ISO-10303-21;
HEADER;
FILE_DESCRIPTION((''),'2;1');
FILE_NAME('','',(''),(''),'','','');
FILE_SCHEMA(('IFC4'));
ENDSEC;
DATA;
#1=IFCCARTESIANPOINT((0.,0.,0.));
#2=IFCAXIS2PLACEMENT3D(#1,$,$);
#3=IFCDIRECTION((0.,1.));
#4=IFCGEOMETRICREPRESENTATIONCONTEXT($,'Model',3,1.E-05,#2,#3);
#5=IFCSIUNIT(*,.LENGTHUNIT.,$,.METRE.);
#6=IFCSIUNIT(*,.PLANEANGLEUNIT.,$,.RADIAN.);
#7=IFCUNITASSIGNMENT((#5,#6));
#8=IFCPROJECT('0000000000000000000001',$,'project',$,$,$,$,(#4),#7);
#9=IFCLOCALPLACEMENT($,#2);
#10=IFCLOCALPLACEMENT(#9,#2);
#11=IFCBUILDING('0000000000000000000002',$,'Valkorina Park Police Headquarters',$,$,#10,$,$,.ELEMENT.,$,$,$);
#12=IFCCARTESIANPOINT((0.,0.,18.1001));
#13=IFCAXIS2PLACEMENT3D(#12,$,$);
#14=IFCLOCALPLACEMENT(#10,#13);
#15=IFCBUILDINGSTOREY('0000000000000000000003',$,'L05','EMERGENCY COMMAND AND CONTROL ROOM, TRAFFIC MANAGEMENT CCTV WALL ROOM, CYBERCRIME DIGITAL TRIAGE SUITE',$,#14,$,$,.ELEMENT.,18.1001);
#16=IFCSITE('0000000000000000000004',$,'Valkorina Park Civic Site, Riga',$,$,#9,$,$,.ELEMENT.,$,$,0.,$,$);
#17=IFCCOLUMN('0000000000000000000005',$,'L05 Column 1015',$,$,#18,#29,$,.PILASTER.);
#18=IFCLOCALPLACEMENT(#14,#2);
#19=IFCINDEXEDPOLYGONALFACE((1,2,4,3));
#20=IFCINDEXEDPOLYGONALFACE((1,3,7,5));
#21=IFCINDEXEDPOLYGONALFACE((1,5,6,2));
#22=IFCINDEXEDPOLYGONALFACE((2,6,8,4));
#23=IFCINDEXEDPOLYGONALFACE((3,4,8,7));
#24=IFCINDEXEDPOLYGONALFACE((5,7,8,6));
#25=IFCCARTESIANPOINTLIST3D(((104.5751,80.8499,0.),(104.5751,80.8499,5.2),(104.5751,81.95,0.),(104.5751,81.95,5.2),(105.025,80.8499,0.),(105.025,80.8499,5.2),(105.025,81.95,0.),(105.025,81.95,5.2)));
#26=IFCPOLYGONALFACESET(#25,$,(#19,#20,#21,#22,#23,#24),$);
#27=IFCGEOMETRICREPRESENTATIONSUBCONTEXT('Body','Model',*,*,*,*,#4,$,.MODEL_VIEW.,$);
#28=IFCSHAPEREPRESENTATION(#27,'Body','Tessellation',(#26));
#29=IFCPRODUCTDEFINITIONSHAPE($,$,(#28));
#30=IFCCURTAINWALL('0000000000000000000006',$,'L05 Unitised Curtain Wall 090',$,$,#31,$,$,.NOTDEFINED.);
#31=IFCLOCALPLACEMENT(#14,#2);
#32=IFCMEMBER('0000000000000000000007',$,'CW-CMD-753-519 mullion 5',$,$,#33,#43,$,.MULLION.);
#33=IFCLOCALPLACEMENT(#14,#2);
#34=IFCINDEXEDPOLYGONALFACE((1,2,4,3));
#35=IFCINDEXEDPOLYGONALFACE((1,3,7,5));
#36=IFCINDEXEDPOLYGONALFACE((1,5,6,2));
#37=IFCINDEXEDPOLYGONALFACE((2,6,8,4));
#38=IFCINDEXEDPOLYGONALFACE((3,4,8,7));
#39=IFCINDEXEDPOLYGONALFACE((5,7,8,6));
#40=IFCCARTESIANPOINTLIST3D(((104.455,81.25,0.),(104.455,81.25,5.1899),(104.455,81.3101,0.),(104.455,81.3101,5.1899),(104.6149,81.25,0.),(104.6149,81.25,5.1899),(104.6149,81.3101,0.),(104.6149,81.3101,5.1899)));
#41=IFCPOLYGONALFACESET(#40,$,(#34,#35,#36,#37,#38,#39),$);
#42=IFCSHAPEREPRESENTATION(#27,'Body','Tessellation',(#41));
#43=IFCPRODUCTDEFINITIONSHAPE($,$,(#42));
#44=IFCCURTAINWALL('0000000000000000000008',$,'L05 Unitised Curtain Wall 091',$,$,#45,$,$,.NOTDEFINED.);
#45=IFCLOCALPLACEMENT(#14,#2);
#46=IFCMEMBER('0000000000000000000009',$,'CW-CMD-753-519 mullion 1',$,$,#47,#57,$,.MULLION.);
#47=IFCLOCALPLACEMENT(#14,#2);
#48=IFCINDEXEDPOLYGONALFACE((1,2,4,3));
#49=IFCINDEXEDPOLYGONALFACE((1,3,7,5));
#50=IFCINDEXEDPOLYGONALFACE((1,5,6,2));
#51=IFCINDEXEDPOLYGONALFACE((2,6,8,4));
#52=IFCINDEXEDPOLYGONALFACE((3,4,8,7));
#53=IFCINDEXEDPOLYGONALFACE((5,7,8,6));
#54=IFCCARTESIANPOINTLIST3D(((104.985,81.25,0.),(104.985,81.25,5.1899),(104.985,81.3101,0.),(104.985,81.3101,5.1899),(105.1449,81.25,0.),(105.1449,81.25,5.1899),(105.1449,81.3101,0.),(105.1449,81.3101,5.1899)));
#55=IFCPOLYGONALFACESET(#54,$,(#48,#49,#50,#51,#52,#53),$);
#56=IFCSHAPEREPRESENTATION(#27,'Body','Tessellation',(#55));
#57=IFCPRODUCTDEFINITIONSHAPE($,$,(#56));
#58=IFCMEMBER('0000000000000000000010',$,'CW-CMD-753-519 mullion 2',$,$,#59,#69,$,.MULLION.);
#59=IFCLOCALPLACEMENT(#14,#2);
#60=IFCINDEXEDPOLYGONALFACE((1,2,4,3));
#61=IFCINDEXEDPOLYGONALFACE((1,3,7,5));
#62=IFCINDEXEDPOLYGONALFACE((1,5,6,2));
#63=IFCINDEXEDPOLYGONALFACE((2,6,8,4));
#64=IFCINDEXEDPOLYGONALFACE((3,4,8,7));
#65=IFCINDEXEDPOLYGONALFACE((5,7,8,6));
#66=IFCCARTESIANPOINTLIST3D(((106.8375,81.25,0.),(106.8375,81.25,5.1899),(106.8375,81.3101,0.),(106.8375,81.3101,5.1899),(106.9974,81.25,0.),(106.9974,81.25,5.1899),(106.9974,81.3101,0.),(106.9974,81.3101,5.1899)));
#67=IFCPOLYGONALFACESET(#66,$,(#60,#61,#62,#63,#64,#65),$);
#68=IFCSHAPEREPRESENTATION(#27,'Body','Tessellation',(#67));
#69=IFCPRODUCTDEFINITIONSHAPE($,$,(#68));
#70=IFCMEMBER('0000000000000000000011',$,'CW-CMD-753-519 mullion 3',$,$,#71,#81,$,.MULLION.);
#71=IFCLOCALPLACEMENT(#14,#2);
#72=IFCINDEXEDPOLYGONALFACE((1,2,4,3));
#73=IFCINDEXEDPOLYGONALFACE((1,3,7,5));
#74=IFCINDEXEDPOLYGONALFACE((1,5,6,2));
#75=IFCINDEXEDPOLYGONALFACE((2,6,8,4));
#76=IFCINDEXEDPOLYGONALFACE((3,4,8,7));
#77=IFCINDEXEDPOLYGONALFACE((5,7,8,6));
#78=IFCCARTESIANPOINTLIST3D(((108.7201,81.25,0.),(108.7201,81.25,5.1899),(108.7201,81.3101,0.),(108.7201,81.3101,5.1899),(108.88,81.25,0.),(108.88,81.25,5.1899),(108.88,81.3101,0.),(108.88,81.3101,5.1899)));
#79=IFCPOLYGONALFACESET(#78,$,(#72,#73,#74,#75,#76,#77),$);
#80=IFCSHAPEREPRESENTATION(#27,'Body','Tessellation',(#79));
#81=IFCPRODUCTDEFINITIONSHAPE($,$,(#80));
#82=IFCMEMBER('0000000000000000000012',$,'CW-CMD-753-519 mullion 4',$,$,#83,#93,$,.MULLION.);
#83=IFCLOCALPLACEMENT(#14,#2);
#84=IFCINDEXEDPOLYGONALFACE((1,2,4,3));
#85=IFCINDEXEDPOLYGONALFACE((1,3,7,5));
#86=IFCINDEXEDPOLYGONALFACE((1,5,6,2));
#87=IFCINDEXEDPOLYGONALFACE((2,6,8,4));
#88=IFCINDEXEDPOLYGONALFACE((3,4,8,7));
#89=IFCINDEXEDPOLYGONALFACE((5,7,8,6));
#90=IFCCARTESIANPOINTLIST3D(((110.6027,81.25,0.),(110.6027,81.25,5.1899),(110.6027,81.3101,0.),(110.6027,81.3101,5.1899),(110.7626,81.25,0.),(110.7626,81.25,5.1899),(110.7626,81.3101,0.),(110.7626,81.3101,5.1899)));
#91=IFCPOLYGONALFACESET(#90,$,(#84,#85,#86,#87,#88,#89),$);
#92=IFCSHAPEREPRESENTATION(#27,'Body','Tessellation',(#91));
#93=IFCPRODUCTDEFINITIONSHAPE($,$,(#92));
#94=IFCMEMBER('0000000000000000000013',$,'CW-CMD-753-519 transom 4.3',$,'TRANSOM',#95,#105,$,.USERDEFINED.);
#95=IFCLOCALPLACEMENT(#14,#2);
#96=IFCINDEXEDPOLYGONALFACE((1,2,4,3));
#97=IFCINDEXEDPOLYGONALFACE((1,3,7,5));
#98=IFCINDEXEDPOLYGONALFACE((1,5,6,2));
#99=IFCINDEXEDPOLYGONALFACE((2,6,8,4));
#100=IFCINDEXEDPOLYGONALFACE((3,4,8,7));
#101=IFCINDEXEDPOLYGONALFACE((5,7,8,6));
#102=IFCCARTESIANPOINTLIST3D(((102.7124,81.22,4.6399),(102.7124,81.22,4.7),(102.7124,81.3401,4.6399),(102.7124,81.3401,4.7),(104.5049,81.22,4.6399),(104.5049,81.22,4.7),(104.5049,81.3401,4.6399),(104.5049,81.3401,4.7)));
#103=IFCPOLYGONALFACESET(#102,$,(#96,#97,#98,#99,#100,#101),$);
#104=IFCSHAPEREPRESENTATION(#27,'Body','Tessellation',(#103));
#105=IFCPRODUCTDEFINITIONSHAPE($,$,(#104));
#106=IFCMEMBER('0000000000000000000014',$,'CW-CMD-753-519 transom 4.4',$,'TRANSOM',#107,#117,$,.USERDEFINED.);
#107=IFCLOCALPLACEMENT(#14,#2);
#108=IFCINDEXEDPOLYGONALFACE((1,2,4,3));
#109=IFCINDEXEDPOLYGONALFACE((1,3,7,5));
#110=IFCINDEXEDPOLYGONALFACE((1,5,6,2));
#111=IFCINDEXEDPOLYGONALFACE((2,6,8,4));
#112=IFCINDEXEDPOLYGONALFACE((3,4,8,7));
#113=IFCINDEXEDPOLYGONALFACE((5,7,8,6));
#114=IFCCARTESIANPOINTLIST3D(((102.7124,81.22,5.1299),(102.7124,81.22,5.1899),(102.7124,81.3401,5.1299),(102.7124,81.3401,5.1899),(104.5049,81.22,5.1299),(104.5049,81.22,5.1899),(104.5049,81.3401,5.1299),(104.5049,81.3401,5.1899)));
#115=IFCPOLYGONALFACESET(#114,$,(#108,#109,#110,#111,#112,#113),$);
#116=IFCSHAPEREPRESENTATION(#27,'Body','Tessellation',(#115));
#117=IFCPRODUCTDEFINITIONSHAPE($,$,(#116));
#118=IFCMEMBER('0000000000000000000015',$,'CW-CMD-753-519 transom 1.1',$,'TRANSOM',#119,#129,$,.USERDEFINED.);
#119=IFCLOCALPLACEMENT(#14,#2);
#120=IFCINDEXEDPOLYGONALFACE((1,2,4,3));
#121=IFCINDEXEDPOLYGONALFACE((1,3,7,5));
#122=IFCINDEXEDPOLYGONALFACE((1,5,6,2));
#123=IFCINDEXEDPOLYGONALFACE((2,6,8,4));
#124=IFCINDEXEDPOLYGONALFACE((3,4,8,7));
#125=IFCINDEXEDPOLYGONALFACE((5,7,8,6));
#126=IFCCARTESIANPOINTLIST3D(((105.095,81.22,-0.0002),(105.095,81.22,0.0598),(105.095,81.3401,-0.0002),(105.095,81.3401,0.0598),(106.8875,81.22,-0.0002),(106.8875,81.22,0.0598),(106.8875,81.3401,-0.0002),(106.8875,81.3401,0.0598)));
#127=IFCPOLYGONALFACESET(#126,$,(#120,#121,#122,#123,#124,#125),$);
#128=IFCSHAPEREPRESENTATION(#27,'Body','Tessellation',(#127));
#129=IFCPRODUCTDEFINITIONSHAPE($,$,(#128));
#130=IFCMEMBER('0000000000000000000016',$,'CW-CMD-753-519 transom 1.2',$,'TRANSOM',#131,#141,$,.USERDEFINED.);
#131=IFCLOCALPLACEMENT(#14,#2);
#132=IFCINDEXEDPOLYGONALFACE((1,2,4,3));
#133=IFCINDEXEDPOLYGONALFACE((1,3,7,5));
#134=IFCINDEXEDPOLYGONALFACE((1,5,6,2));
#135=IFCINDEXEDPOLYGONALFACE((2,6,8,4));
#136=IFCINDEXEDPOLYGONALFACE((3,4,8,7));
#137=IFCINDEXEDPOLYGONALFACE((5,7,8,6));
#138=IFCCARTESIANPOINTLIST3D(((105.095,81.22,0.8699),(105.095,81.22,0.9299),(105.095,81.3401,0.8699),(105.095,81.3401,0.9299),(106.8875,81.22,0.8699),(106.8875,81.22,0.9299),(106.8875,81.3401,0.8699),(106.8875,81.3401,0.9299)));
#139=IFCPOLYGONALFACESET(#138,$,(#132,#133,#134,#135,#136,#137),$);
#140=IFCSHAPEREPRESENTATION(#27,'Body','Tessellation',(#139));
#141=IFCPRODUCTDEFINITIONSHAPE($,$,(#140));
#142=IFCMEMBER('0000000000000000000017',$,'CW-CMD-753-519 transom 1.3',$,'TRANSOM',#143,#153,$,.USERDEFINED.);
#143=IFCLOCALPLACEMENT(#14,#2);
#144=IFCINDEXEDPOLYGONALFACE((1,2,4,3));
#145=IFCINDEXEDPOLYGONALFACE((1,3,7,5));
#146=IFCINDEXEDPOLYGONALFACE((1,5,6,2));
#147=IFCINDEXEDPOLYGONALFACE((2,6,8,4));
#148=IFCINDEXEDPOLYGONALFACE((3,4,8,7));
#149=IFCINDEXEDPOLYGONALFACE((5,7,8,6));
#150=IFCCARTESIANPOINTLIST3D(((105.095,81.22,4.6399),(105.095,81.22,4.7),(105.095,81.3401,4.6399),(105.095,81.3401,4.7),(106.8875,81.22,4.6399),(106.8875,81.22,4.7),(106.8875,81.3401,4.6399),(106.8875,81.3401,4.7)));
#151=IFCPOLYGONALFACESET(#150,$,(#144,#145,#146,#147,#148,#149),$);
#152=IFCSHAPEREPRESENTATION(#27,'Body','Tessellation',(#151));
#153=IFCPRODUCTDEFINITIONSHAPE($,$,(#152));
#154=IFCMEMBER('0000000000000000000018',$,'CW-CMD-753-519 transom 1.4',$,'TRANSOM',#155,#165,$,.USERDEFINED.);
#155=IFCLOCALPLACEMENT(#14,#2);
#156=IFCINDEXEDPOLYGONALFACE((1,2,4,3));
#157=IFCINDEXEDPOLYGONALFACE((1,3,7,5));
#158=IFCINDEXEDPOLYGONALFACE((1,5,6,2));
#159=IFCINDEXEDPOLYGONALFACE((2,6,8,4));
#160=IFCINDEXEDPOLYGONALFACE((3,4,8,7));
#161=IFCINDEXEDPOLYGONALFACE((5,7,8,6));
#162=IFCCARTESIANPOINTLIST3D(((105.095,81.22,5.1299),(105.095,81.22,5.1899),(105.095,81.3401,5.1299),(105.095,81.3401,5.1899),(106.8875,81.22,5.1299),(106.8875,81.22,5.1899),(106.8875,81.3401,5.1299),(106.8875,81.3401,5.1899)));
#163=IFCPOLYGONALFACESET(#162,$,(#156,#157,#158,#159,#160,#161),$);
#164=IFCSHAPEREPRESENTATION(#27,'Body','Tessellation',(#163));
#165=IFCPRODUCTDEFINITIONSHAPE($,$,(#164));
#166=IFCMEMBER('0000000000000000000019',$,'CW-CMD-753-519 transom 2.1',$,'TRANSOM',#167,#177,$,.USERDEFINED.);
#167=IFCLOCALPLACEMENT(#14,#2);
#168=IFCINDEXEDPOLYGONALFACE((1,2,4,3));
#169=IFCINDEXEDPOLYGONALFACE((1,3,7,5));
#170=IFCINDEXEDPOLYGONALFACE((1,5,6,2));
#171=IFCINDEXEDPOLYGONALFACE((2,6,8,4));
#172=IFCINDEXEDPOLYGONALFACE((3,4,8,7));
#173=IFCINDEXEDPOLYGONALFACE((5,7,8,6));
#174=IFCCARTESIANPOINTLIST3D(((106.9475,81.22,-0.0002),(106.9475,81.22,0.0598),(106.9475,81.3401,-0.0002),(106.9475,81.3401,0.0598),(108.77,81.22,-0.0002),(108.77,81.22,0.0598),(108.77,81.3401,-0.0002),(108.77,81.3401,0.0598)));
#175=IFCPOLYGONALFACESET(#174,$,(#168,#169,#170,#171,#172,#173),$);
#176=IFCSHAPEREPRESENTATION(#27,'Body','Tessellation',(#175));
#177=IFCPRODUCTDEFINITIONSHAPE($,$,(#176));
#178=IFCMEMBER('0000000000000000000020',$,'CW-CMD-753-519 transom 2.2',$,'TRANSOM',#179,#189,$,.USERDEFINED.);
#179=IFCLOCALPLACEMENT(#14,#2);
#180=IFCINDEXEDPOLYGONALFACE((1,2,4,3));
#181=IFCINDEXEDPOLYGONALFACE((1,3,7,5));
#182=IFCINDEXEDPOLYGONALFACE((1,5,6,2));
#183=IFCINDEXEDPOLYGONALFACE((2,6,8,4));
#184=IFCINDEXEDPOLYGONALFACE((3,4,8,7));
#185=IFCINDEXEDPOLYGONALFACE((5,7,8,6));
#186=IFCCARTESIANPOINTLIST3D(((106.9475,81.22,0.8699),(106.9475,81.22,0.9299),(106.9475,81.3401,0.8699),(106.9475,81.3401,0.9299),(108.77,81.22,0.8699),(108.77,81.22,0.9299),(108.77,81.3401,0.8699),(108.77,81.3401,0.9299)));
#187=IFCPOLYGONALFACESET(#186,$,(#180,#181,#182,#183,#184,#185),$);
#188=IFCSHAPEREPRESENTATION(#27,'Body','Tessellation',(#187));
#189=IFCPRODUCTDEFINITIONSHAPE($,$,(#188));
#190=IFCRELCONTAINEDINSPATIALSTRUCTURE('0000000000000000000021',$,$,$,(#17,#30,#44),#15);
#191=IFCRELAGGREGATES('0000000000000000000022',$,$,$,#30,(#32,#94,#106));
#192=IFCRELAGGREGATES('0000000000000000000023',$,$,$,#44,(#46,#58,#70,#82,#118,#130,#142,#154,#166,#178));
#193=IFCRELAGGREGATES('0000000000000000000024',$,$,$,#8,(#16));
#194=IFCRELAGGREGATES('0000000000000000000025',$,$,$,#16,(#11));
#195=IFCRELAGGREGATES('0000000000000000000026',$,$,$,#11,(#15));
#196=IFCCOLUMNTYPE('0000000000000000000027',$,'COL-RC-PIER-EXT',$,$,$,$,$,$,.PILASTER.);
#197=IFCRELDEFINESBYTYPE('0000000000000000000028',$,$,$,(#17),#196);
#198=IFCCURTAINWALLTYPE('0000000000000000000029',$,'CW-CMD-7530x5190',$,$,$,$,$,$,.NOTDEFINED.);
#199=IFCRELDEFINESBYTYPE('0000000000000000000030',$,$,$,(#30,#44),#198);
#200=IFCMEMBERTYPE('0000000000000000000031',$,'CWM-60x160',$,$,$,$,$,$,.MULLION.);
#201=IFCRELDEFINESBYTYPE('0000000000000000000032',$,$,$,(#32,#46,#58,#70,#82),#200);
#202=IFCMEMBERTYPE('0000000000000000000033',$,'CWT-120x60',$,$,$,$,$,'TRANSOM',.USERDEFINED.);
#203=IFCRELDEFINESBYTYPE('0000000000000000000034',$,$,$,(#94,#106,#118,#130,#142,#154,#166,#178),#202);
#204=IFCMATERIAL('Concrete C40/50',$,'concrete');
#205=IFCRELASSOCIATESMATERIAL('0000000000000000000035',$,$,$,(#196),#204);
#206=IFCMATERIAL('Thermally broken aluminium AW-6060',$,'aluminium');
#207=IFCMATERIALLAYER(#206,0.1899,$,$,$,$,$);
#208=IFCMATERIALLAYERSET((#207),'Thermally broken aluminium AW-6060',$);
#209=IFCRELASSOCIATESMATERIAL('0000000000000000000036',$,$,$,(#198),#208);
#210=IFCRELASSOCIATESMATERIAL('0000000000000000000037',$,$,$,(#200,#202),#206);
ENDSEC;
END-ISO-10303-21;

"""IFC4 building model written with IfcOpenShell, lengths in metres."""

from ifc_helpers import new_model, si_unit, direction, frame, origin, origin_2d, place, context, subcontext, project, spatial, rectangle, extrude, material, layer, layer_set, material_profile, profile_set, type_object, element, aggregate, save


model = new_model("IFC4")

# Units and contexts
model_context = context("Model", 3, precision=1e-05, world=origin(), true_north=direction((0.0, 1.0)))
body_context = subcontext(model_context, "Body", "Model", "MODEL_VIEW")
ifc_project = project(units=[si_unit("LENGTHUNIT", "METRE"), si_unit("PLANEANGLEUNIT", "RADIAN")], contexts=[model_context])

# Site, building, storey
site_placement = place(None, origin())
site = spatial("IfcSite", under=ifc_project, at=site_placement, Name="Valkorina Park Civic Site, Riga", CompositionType="ELEMENT", RefElevation=0.0)
building_placement = place(site_placement, origin())
building = spatial("IfcBuilding", under=site, at=building_placement, Name="Valkorina Park Police Headquarters", CompositionType="ELEMENT")
storey_placement = place(building_placement, frame((0.0, 0.0, 18.1001)))
storey = spatial("IfcBuildingStorey", under=building, at=storey_placement, Name="L05", Description="EMERGENCY COMMAND AND CONTROL ROOM, TRAFFIC MANAGEMENT CCTV WALL ROOM, CYBERCRIME DIGITAL TRIAGE SUITE", CompositionType="ELEMENT", Elevation=18.1001)

# Column
ifc_material_1 = material(Name="Concrete C40/50", Category="concrete")
ifc_material_profile_1 = material_profile(ifc_material_1, rectangle(XDim=0.45, YDim=1.1001, at=origin_2d()), Name="RC PIER 450x1100")
ifc_profile_set_1 = profile_set([ifc_material_profile_1], Name="Concrete C40/50")
column_type = type_object("IfcColumnType", Name="COL-RC-PIER-EXT", PredefinedType="PILASTER", material=ifc_profile_set_1)
column_placement = place(storey_placement, frame((104.8, 81.3999, 0.0), z_axis=(0.0, 0.0, 1.0), x_axis=(1.0, 0.0, 0.0)))
element("IfcColumn", 1, at=column_placement, inside=storey, type_object=column_type, Name="L05 Column 1015", PredefinedType="PILASTER", context=body_context, shape_type="SweptSolid", body=[
    extrude(rectangle(XDim=0.45, YDim=1.1001, at=origin_2d()), origin(), (0.0, 0.0, 1.0), 5.2),
])

# Curtain wall, member
ifc_material_2 = material(Name="Thermally broken aluminium AW-6060", Category="aluminium")
ifc_layer_1 = layer(ifc_material_2, 0.1899)
ifc_layer_set_1 = layer_set([ifc_layer_1], Name="Thermally broken aluminium AW-6060")
curtain_wall_type = type_object("IfcCurtainWallType", Name="CW-CMD-7530x5190", PredefinedType="NOTDEFINED", material=ifc_layer_set_1)
curtain_wall_1_placement = place(storey_placement, origin())
curtain_wall_1 = element("IfcCurtainWall", 2, at=curtain_wall_1_placement, inside=storey, type_object=curtain_wall_type, Name="L05 Unitised Curtain Wall 090", PredefinedType="NOTDEFINED")
ifc_material_profile_2 = material_profile(ifc_material_2, rectangle(XDim=0.0601, YDim=0.1599, at=origin_2d()), Name="CWM-01 60x160")
ifc_profile_set_2 = profile_set([ifc_material_profile_2], Name="Thermally broken aluminium AW-6060")
member_type_1 = type_object("IfcMemberType", Name="CWM-60x160", PredefinedType="MULLION", material=ifc_profile_set_2)
member_1_placement = place(storey_placement, frame((104.5349, 81.28, 0.0), z_axis=(0.0, 0.0, 1.0), x_axis=(0.0, 1.0, 0.0)))
member_1 = element("IfcMember", 3, at=member_1_placement, type_object=member_type_1, Name="CW-CMD-753-519 mullion 5", PredefinedType="MULLION", context=body_context, shape_type="SweptSolid", body=[
    extrude(rectangle(XDim=0.0601, YDim=0.1599, at=origin_2d()), origin(), (0.0, 0.0, 1.0), 5.1899),
])

# Curtain wall, members
curtain_wall_2_placement = place(storey_placement, origin())
curtain_wall_2 = element("IfcCurtainWall", 4, at=curtain_wall_2_placement, inside=storey, type_object=curtain_wall_type, Name="L05 Unitised Curtain Wall 091", PredefinedType="NOTDEFINED")
member_2_placement = place(storey_placement, frame((105.0649, 81.28, 0.0), z_axis=(0.0, 0.0, 1.0), x_axis=(0.0, 1.0, 0.0)))
member_2 = element("IfcMember", 5, at=member_2_placement, type_object=member_type_1, Name="CW-CMD-753-519 mullion 1", PredefinedType="MULLION", context=body_context, shape_type="SweptSolid", body=[
    extrude(rectangle(XDim=0.0601, YDim=0.1599, at=origin_2d()), origin(), (0.0, 0.0, 1.0), 5.1899),
])
member_3_placement = place(storey_placement, frame((106.9175, 81.28, 0.0), z_axis=(0.0, 0.0, 1.0), x_axis=(0.0, 1.0, 0.0)))
member_3 = element("IfcMember", 6, at=member_3_placement, type_object=member_type_1, Name="CW-CMD-753-519 mullion 2", PredefinedType="MULLION", context=body_context, shape_type="SweptSolid", body=[
    extrude(rectangle(XDim=0.0601, YDim=0.1599, at=origin_2d()), origin(), (0.0, 0.0, 1.0), 5.1899),
])
member_4_placement = place(storey_placement, frame((108.8, 81.28, 0.0), z_axis=(0.0, 0.0, 1.0), x_axis=(0.0, 1.0, 0.0)))
member_4 = element("IfcMember", 7, at=member_4_placement, type_object=member_type_1, Name="CW-CMD-753-519 mullion 3", PredefinedType="MULLION", context=body_context, shape_type="SweptSolid", body=[
    extrude(rectangle(XDim=0.0601, YDim=0.1599, at=origin_2d()), origin(), (0.0, 0.0, 1.0), 5.1899),
])
member_5_placement = place(storey_placement, frame((110.6826, 81.28, 0.0), z_axis=(0.0, 0.0, 1.0), x_axis=(0.0, 1.0, 0.0)))
member_5 = element("IfcMember", 8, at=member_5_placement, type_object=member_type_1, Name="CW-CMD-753-519 mullion 4", PredefinedType="MULLION", context=body_context, shape_type="SweptSolid", body=[
    extrude(rectangle(XDim=0.0601, YDim=0.1599, at=origin_2d()), origin(), (0.0, 0.0, 1.0), 5.1899),
])

# Members
ifc_material_profile_3 = material_profile(ifc_material_2, rectangle(XDim=0.1201, YDim=0.0601, at=origin_2d()), Name="CWT-01 120x60")
ifc_profile_set_3 = profile_set([ifc_material_profile_3], Name="Thermally broken aluminium AW-6060")
member_type_2 = type_object("IfcMemberType", Name="CWT-120x60", ElementType="TRANSOM", PredefinedType="USERDEFINED", material=ifc_profile_set_3)
member_6_placement = place(storey_placement, frame((102.7124, 81.28, 4.6699), z_axis=(1.0, 0.0, 0.0), x_axis=(0.0, 1.0, 0.0)))
member_6 = element("IfcMember", 9, at=member_6_placement, type_object=member_type_2, Name="CW-CMD-753-519 transom 4.3", ObjectType="TRANSOM", PredefinedType="USERDEFINED", context=body_context, shape_type="SweptSolid", body=[
    extrude(rectangle(XDim=0.1201, YDim=0.0601, at=origin_2d()), origin(), (0.0, 0.0, 1.0), 1.7925),
])
member_7_placement = place(storey_placement, frame((102.7124, 81.28, 5.1599), z_axis=(1.0, 0.0, 0.0), x_axis=(0.0, 1.0, 0.0)))
member_7 = element("IfcMember", 10, at=member_7_placement, type_object=member_type_2, Name="CW-CMD-753-519 transom 4.4", ObjectType="TRANSOM", PredefinedType="USERDEFINED", context=body_context, shape_type="SweptSolid", body=[
    extrude(rectangle(XDim=0.1201, YDim=0.0601, at=origin_2d()), origin(), (0.0, 0.0, 1.0), 1.7925),
])
member_8_placement = place(storey_placement, frame((105.095, 81.28, 0.0298), z_axis=(1.0, 0.0, 0.0), x_axis=(0.0, 1.0, 0.0)))
member_8 = element("IfcMember", 11, at=member_8_placement, type_object=member_type_2, Name="CW-CMD-753-519 transom 1.1", ObjectType="TRANSOM", PredefinedType="USERDEFINED", context=body_context, shape_type="SweptSolid", body=[
    extrude(rectangle(XDim=0.1201, YDim=0.0601, at=origin_2d()), origin(), (0.0, 0.0, 1.0), 1.7925),
])
member_9_placement = place(storey_placement, frame((105.095, 81.28, 0.8999), z_axis=(1.0, 0.0, 0.0), x_axis=(0.0, 1.0, 0.0)))
member_9 = element("IfcMember", 12, at=member_9_placement, type_object=member_type_2, Name="CW-CMD-753-519 transom 1.2", ObjectType="TRANSOM", PredefinedType="USERDEFINED", context=body_context, shape_type="SweptSolid", body=[
    extrude(rectangle(XDim=0.1201, YDim=0.0601, at=origin_2d()), origin(), (0.0, 0.0, 1.0), 1.7925),
])
member_10_placement = place(storey_placement, frame((105.095, 81.28, 4.6699), z_axis=(1.0, 0.0, 0.0), x_axis=(0.0, 1.0, 0.0)))
member_10 = element("IfcMember", 13, at=member_10_placement, type_object=member_type_2, Name="CW-CMD-753-519 transom 1.3", ObjectType="TRANSOM", PredefinedType="USERDEFINED", context=body_context, shape_type="SweptSolid", body=[
    extrude(rectangle(XDim=0.1201, YDim=0.0601, at=origin_2d()), origin(), (0.0, 0.0, 1.0), 1.7925),
])
member_11_placement = place(storey_placement, frame((105.095, 81.28, 5.1599), z_axis=(1.0, 0.0, 0.0), x_axis=(0.0, 1.0, 0.0)))
member_11 = element("IfcMember", 14, at=member_11_placement, type_object=member_type_2, Name="CW-CMD-753-519 transom 1.4", ObjectType="TRANSOM", PredefinedType="USERDEFINED", context=body_context, shape_type="SweptSolid", body=[
    extrude(rectangle(XDim=0.1201, YDim=0.0601, at=origin_2d()), origin(), (0.0, 0.0, 1.0), 1.7925),
])
member_12_placement = place(storey_placement, frame((106.9475, 81.28, 0.0298), z_axis=(1.0, 0.0, 0.0), x_axis=(0.0, 1.0, 0.0)))
member_12 = element("IfcMember", 15, at=member_12_placement, type_object=member_type_2, Name="CW-CMD-753-519 transom 2.1", ObjectType="TRANSOM", PredefinedType="USERDEFINED", context=body_context, shape_type="SweptSolid", body=[
    extrude(rectangle(XDim=0.1201, YDim=0.0601, at=origin_2d()), origin(), (0.0, 0.0, 1.0), 1.8225),
])
member_13_placement = place(storey_placement, frame((106.9475, 81.28, 0.8999), z_axis=(1.0, 0.0, 0.0), x_axis=(0.0, 1.0, 0.0)))
member_13 = element("IfcMember", 16, at=member_13_placement, type_object=member_type_2, Name="CW-CMD-753-519 transom 2.2", ObjectType="TRANSOM", PredefinedType="USERDEFINED", context=body_context, shape_type="SweptSolid", body=[
    extrude(rectangle(XDim=0.1201, YDim=0.0601, at=origin_2d()), origin(), (0.0, 0.0, 1.0), 1.8225),
])

aggregate(curtain_wall_1, [member_1, member_6, member_7])
aggregate(curtain_wall_2, [member_2, member_3, member_4, member_5, member_8, member_9, member_10, member_11, member_12, member_13])

save(model, "model.ifc")
